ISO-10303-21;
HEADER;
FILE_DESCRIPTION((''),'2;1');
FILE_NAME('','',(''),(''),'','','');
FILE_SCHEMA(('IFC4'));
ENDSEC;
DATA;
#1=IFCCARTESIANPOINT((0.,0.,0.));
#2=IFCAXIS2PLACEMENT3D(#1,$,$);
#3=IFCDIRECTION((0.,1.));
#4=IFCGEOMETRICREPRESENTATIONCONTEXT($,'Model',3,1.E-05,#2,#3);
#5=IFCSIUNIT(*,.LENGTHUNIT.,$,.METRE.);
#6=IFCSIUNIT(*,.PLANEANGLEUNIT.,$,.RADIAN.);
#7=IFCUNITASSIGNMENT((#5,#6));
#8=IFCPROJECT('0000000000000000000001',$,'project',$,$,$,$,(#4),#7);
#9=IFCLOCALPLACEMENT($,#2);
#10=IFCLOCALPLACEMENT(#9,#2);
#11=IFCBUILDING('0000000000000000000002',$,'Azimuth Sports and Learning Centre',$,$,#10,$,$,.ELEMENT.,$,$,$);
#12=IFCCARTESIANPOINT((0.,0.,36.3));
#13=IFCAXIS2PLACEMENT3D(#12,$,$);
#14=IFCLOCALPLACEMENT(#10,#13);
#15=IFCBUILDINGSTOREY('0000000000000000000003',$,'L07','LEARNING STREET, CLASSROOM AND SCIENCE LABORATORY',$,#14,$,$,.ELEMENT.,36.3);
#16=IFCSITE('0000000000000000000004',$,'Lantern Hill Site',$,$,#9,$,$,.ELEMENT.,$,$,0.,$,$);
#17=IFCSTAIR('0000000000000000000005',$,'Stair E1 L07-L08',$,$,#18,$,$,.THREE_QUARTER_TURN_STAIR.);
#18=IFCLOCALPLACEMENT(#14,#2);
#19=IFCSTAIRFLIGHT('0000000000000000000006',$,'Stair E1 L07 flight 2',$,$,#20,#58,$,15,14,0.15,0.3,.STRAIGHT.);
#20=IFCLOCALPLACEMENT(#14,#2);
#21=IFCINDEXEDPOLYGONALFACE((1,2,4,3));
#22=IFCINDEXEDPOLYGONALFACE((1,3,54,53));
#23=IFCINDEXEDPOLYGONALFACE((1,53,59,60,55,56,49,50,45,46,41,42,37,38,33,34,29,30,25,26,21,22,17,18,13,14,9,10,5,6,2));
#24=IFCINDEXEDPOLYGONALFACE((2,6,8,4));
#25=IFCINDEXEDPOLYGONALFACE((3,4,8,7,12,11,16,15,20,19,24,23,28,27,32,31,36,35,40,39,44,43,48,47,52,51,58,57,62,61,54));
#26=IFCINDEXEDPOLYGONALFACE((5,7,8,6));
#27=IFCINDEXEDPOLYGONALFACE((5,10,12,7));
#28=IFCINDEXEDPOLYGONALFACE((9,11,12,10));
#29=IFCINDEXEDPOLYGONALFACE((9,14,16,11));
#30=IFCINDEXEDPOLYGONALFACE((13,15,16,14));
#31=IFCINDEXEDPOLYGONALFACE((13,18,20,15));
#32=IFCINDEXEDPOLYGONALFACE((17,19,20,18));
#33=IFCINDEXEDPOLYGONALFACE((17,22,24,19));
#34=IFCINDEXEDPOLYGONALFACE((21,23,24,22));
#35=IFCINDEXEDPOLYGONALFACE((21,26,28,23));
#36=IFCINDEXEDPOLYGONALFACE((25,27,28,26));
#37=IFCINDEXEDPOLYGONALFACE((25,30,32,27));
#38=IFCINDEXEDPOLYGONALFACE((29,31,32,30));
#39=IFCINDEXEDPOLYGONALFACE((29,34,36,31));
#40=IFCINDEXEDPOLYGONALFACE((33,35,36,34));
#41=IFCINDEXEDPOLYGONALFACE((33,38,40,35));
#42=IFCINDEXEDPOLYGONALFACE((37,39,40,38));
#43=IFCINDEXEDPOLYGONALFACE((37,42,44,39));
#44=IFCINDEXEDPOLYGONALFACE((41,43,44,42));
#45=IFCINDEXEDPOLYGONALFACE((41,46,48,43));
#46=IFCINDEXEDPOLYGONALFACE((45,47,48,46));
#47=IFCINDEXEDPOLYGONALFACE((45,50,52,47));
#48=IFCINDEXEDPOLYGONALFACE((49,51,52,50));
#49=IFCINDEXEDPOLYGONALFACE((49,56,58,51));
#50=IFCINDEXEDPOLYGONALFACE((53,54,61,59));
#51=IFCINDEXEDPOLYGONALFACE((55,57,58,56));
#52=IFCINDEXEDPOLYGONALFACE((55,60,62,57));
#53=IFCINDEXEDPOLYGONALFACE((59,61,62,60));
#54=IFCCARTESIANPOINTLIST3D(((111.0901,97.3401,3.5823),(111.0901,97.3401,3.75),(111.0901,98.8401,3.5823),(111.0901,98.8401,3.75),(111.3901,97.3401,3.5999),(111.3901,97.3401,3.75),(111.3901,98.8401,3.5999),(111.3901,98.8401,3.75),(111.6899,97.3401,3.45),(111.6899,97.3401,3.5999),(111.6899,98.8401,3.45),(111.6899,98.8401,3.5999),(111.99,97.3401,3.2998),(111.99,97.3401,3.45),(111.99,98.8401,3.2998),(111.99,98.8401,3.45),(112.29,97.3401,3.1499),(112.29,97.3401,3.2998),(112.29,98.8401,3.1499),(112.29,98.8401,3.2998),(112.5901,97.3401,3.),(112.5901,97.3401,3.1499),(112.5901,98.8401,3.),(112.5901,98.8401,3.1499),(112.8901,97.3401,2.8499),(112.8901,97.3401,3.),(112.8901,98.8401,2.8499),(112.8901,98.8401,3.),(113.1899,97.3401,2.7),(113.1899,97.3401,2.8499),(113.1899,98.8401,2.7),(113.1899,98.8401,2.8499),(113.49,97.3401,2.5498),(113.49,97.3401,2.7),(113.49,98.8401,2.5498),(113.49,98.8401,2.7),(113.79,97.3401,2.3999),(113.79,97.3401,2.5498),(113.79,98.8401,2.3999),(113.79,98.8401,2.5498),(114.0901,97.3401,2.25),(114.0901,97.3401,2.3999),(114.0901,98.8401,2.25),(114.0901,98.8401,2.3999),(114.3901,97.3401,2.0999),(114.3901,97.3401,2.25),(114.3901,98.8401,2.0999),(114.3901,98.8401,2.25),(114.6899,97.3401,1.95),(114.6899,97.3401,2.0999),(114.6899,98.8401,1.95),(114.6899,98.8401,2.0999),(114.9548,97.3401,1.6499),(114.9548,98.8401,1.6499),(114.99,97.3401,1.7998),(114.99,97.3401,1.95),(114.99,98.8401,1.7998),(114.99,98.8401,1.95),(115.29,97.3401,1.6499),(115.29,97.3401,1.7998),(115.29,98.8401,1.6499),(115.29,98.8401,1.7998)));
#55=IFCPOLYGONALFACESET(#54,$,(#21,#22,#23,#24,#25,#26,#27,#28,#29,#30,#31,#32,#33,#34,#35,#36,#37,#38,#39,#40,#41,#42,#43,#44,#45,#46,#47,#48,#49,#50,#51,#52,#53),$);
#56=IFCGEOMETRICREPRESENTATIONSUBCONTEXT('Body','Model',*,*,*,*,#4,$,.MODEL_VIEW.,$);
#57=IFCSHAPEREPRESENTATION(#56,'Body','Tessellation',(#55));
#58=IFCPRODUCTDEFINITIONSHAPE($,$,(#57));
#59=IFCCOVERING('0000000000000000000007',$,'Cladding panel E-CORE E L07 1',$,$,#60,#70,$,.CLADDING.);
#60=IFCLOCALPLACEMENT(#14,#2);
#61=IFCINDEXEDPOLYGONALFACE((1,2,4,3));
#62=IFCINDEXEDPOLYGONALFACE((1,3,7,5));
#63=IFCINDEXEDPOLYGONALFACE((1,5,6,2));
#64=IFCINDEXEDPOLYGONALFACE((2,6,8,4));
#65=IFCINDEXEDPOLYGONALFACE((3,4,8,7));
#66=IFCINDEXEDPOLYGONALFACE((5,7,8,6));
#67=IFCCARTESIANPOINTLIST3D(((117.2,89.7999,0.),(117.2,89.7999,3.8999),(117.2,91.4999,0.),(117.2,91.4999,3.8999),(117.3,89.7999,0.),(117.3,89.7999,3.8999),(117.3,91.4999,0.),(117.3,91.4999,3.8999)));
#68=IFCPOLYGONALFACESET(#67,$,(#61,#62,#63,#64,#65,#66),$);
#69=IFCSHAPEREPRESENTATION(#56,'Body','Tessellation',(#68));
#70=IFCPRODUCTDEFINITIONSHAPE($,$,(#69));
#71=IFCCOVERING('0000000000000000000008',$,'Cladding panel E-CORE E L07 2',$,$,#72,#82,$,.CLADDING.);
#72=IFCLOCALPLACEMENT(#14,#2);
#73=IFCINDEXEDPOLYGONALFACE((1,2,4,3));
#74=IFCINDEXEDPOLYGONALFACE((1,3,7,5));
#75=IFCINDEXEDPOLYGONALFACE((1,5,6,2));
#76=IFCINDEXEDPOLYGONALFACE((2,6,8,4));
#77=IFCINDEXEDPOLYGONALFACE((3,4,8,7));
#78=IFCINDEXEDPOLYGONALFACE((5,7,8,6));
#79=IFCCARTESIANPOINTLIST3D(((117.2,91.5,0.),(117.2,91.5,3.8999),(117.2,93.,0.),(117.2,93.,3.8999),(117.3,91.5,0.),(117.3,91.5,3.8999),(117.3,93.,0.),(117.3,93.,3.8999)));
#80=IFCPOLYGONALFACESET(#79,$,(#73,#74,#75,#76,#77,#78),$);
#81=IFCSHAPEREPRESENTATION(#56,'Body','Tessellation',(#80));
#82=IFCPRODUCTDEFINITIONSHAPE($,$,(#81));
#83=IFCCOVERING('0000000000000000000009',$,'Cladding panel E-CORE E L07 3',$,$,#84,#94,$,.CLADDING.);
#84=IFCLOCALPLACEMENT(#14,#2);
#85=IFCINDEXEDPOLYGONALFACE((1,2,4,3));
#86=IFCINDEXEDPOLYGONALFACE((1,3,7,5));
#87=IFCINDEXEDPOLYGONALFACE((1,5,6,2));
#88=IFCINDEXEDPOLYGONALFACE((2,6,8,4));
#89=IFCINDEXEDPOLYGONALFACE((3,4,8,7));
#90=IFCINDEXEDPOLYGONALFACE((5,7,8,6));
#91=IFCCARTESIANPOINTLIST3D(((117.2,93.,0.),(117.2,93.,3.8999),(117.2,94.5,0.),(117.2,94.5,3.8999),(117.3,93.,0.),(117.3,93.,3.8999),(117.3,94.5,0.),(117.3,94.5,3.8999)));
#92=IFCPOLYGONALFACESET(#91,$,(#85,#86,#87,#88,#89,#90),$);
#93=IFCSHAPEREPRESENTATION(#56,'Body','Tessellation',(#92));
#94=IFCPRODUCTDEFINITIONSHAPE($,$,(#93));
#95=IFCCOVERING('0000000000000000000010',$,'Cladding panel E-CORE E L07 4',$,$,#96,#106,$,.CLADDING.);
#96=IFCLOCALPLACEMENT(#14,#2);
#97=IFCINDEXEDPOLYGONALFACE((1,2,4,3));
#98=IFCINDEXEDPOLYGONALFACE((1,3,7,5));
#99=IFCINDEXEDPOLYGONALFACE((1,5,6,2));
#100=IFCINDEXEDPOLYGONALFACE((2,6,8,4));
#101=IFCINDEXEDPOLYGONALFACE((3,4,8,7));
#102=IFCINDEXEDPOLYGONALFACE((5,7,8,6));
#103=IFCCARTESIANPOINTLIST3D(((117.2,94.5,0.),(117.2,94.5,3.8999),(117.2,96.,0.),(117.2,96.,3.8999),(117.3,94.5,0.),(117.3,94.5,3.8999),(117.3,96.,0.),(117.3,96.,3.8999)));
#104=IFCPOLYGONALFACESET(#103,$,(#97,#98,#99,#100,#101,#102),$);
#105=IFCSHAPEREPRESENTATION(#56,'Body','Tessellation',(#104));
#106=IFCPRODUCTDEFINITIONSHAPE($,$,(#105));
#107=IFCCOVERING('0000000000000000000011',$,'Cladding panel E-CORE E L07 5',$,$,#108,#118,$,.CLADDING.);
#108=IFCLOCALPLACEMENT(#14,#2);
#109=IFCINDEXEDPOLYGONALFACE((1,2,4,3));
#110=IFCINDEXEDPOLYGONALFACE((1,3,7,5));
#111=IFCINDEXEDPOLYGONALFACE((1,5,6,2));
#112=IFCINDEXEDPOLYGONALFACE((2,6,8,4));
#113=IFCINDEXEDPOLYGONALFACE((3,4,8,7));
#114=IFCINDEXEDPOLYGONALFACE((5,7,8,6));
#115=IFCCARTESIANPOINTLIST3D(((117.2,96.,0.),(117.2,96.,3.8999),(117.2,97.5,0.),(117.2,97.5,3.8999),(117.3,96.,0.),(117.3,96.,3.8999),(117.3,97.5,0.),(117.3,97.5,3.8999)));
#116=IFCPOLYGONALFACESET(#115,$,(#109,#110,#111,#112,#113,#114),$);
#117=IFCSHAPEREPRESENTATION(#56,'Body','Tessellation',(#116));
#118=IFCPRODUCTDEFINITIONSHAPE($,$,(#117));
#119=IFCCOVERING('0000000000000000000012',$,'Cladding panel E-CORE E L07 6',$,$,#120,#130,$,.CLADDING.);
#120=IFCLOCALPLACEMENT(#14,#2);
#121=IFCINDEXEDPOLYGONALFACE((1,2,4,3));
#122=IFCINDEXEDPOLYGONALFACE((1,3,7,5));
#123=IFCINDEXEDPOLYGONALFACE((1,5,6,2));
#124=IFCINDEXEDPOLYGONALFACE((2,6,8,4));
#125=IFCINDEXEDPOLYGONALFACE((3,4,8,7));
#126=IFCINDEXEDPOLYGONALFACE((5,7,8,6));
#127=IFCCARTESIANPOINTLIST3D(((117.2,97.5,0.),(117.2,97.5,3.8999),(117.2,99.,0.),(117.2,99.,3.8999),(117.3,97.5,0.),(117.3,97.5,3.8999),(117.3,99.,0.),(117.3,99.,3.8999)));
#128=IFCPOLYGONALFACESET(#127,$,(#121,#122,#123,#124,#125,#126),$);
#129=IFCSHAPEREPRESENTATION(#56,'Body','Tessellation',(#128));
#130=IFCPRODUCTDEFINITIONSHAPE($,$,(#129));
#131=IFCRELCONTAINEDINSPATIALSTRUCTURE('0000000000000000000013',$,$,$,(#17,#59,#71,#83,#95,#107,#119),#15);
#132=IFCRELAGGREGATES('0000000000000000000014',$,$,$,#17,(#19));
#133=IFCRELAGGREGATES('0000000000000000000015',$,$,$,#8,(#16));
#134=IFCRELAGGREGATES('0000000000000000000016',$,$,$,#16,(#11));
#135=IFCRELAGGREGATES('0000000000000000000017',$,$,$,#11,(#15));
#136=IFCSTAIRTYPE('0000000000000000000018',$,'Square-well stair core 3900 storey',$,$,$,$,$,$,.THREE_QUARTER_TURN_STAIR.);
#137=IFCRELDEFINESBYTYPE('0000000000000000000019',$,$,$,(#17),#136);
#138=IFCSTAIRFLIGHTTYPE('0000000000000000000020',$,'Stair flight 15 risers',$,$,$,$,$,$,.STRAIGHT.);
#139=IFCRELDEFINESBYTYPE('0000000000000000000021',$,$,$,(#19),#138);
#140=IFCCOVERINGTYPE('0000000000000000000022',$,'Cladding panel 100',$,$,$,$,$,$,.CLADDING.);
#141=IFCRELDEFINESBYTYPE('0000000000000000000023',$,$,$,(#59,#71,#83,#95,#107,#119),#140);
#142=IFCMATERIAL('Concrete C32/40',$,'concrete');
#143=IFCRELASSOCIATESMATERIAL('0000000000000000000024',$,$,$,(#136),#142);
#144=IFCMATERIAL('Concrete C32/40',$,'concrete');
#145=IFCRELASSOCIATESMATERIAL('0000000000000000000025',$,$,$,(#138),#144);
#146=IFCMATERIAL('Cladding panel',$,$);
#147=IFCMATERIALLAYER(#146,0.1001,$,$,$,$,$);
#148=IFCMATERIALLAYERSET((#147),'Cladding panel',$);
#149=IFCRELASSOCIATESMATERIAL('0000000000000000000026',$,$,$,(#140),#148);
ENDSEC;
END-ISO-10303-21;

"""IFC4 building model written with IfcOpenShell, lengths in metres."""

from ifc_helpers import new_model, si_unit, direction, frame, origin, origin_2d, place, context, subcontext, project, spatial, polyline, rectangle, outline, extrude, material, layer, layer_set, type_object, element, aggregate, save


model = new_model("IFC4")

# Units and contexts
model_context = context("Model", 3, precision=1e-05, world=origin(), true_north=direction((0.0, 1.0)))
body_context = subcontext(model_context, "Body", "Model", "MODEL_VIEW")
ifc_project = project(units=[si_unit("LENGTHUNIT", "METRE"), si_unit("PLANEANGLEUNIT", "RADIAN")], contexts=[model_context])

# Site, building, storey
site_placement = place(None, origin())
site = spatial("IfcSite", under=ifc_project, at=site_placement, Name="Lantern Hill Site", CompositionType="ELEMENT", RefElevation=0.0)
building_placement = place(site_placement, origin())
building = spatial("IfcBuilding", under=site, at=building_placement, Name="Azimuth Sports and Learning Centre", CompositionType="ELEMENT")
storey_placement = place(building_placement, frame((0.0, 0.0, 36.3)))
storey = spatial("IfcBuildingStorey", under=building, at=storey_placement, Name="L07", Description="LEARNING STREET, CLASSROOM AND SCIENCE LABORATORY", CompositionType="ELEMENT", Elevation=36.3)

# Stair, stair flight
ifc_material_1 = material(Name="Concrete C32/40", Category="concrete")
stair_type = type_object("IfcStairType", Name="Square-well stair core 3900 storey", PredefinedType="THREE_QUARTER_TURN_STAIR", material=ifc_material_1)
stair_placement = place(storey_placement, origin())
stair = element("IfcStair", 1, at=stair_placement, inside=storey, type_object=stair_type, Name="Stair E1 L07-L08", PredefinedType="THREE_QUARTER_TURN_STAIR")
ifc_material_2 = material(Name="Concrete C32/40", Category="concrete")
stair_flight_type_1 = type_object("IfcStairFlightType", Name="Stair flight 15 risers", PredefinedType="STRAIGHT", material=ifc_material_2)
stair_flight_1_placement = place(storey_placement, frame((115.29, 98.0901, 1.6499), z_axis=(0.0, 0.0, 1.0), x_axis=(-1.0, 0.0, 0.0)))
stair_flight_1 = element("IfcStairFlight", 2, at=stair_flight_1_placement, type_object=stair_flight_type_1, Name="Stair E1 L07 flight 2", NumberOfRisers=15, NumberOfTreads=14, PredefinedType="STRAIGHT", RiserHeight=0.15, TreadLength=0.3, context=body_context, shape_type="SweptSolid", body=[
    extrude(outline(polyline([(0.0, 0.0), (0.0, 0.1499), (0.3, 0.1499), (0.3, 0.3), (0.6001, 0.3), (0.6001, 0.45), (0.8999, 0.45), (0.8999, 0.6001), (1.2, 0.6001), (1.2, 0.75), (1.5, 0.75), (1.5, 0.8999), (1.8, 0.8999), (1.8, 1.05), (2.1001, 1.05), (2.1001, 1.2), (2.3999, 1.2), (2.3999, 1.3501), (2.7, 1.3501), (2.7, 1.5), (3.0, 1.5), (3.0, 1.6499), (3.3, 1.6499), (3.3, 1.8), (3.6001, 1.8), (3.6001, 1.95), (3.8999, 1.95), (3.8999, 2.1001), (4.2, 2.1001), (4.2, 2.25), (4.2, 1.9324), (0.3352, 0.0), (0.0, 0.0)])), frame((0.0, 0.75, 0.0), z_axis=(0.0, -1.0, 0.0), x_axis=(1.0, 0.0, 0.0)), (0.0, 0.0, 1.0), 1.5),
])
aggregate(stair, [stair_flight_1])

# Coverings
ifc_material_3 = material(Name="Cladding panel")
ifc_layer_1 = layer(ifc_material_3, 0.1001)
ifc_layer_set_1 = layer_set([ifc_layer_1], Name="Cladding panel")
covering_type = type_object("IfcCoveringType", Name="Cladding panel 100", PredefinedType="CLADDING", material=ifc_layer_set_1)
covering_placement = place(storey_placement, frame((117.25, 90.6499, 0.0), z_axis=(0.0, 0.0, 1.0), x_axis=(0.0, 1.0, 0.0)))
element("IfcCovering", 3, at=covering_placement, inside=storey, type_object=covering_type, Name="Cladding panel E-CORE E L07 1", PredefinedType="CLADDING", context=body_context, shape_type="SweptSolid", body=[
    extrude(rectangle(XDim=1.7, YDim=0.1001, at=origin_2d()), origin(), (0.0, 0.0, 1.0), 3.8999),
])
for number, where, z_axis, x_axis, name in (
    (4, (117.25, 92.25, 0.0), (0.0, 0.0, 1.0), (0.0, 1.0, 0.0), "Cladding panel E-CORE E L07 2"),
    (5, (117.25, 93.75, 0.0), (0.0, 0.0, 1.0), (0.0, 1.0, 0.0), "Cladding panel E-CORE E L07 3"),
    (6, (117.25, 95.25, 0.0), (0.0, 0.0, 1.0), (0.0, 1.0, 0.0), "Cladding panel E-CORE E L07 4"),
    (7, (117.25, 96.75, 0.0), (0.0, 0.0, 1.0), (0.0, 1.0, 0.0), "Cladding panel E-CORE E L07 5"),
    (8, (117.25, 98.25, 0.0), (0.0, 0.0, 1.0), (0.0, 1.0, 0.0), "Cladding panel E-CORE E L07 6"),
):
    element("IfcCovering", number, at=place(storey_placement, frame(where, z_axis=z_axis, x_axis=x_axis)), inside=storey, type_object=covering_type, Name=name, PredefinedType="CLADDING", context=body_context, shape_type="SweptSolid", body=[
        extrude(rectangle(XDim=1.5, YDim=0.1001, at=origin_2d()), origin(), (0.0, 0.0, 1.0), 3.8999),
    ])

save(model, "model.ifc")
